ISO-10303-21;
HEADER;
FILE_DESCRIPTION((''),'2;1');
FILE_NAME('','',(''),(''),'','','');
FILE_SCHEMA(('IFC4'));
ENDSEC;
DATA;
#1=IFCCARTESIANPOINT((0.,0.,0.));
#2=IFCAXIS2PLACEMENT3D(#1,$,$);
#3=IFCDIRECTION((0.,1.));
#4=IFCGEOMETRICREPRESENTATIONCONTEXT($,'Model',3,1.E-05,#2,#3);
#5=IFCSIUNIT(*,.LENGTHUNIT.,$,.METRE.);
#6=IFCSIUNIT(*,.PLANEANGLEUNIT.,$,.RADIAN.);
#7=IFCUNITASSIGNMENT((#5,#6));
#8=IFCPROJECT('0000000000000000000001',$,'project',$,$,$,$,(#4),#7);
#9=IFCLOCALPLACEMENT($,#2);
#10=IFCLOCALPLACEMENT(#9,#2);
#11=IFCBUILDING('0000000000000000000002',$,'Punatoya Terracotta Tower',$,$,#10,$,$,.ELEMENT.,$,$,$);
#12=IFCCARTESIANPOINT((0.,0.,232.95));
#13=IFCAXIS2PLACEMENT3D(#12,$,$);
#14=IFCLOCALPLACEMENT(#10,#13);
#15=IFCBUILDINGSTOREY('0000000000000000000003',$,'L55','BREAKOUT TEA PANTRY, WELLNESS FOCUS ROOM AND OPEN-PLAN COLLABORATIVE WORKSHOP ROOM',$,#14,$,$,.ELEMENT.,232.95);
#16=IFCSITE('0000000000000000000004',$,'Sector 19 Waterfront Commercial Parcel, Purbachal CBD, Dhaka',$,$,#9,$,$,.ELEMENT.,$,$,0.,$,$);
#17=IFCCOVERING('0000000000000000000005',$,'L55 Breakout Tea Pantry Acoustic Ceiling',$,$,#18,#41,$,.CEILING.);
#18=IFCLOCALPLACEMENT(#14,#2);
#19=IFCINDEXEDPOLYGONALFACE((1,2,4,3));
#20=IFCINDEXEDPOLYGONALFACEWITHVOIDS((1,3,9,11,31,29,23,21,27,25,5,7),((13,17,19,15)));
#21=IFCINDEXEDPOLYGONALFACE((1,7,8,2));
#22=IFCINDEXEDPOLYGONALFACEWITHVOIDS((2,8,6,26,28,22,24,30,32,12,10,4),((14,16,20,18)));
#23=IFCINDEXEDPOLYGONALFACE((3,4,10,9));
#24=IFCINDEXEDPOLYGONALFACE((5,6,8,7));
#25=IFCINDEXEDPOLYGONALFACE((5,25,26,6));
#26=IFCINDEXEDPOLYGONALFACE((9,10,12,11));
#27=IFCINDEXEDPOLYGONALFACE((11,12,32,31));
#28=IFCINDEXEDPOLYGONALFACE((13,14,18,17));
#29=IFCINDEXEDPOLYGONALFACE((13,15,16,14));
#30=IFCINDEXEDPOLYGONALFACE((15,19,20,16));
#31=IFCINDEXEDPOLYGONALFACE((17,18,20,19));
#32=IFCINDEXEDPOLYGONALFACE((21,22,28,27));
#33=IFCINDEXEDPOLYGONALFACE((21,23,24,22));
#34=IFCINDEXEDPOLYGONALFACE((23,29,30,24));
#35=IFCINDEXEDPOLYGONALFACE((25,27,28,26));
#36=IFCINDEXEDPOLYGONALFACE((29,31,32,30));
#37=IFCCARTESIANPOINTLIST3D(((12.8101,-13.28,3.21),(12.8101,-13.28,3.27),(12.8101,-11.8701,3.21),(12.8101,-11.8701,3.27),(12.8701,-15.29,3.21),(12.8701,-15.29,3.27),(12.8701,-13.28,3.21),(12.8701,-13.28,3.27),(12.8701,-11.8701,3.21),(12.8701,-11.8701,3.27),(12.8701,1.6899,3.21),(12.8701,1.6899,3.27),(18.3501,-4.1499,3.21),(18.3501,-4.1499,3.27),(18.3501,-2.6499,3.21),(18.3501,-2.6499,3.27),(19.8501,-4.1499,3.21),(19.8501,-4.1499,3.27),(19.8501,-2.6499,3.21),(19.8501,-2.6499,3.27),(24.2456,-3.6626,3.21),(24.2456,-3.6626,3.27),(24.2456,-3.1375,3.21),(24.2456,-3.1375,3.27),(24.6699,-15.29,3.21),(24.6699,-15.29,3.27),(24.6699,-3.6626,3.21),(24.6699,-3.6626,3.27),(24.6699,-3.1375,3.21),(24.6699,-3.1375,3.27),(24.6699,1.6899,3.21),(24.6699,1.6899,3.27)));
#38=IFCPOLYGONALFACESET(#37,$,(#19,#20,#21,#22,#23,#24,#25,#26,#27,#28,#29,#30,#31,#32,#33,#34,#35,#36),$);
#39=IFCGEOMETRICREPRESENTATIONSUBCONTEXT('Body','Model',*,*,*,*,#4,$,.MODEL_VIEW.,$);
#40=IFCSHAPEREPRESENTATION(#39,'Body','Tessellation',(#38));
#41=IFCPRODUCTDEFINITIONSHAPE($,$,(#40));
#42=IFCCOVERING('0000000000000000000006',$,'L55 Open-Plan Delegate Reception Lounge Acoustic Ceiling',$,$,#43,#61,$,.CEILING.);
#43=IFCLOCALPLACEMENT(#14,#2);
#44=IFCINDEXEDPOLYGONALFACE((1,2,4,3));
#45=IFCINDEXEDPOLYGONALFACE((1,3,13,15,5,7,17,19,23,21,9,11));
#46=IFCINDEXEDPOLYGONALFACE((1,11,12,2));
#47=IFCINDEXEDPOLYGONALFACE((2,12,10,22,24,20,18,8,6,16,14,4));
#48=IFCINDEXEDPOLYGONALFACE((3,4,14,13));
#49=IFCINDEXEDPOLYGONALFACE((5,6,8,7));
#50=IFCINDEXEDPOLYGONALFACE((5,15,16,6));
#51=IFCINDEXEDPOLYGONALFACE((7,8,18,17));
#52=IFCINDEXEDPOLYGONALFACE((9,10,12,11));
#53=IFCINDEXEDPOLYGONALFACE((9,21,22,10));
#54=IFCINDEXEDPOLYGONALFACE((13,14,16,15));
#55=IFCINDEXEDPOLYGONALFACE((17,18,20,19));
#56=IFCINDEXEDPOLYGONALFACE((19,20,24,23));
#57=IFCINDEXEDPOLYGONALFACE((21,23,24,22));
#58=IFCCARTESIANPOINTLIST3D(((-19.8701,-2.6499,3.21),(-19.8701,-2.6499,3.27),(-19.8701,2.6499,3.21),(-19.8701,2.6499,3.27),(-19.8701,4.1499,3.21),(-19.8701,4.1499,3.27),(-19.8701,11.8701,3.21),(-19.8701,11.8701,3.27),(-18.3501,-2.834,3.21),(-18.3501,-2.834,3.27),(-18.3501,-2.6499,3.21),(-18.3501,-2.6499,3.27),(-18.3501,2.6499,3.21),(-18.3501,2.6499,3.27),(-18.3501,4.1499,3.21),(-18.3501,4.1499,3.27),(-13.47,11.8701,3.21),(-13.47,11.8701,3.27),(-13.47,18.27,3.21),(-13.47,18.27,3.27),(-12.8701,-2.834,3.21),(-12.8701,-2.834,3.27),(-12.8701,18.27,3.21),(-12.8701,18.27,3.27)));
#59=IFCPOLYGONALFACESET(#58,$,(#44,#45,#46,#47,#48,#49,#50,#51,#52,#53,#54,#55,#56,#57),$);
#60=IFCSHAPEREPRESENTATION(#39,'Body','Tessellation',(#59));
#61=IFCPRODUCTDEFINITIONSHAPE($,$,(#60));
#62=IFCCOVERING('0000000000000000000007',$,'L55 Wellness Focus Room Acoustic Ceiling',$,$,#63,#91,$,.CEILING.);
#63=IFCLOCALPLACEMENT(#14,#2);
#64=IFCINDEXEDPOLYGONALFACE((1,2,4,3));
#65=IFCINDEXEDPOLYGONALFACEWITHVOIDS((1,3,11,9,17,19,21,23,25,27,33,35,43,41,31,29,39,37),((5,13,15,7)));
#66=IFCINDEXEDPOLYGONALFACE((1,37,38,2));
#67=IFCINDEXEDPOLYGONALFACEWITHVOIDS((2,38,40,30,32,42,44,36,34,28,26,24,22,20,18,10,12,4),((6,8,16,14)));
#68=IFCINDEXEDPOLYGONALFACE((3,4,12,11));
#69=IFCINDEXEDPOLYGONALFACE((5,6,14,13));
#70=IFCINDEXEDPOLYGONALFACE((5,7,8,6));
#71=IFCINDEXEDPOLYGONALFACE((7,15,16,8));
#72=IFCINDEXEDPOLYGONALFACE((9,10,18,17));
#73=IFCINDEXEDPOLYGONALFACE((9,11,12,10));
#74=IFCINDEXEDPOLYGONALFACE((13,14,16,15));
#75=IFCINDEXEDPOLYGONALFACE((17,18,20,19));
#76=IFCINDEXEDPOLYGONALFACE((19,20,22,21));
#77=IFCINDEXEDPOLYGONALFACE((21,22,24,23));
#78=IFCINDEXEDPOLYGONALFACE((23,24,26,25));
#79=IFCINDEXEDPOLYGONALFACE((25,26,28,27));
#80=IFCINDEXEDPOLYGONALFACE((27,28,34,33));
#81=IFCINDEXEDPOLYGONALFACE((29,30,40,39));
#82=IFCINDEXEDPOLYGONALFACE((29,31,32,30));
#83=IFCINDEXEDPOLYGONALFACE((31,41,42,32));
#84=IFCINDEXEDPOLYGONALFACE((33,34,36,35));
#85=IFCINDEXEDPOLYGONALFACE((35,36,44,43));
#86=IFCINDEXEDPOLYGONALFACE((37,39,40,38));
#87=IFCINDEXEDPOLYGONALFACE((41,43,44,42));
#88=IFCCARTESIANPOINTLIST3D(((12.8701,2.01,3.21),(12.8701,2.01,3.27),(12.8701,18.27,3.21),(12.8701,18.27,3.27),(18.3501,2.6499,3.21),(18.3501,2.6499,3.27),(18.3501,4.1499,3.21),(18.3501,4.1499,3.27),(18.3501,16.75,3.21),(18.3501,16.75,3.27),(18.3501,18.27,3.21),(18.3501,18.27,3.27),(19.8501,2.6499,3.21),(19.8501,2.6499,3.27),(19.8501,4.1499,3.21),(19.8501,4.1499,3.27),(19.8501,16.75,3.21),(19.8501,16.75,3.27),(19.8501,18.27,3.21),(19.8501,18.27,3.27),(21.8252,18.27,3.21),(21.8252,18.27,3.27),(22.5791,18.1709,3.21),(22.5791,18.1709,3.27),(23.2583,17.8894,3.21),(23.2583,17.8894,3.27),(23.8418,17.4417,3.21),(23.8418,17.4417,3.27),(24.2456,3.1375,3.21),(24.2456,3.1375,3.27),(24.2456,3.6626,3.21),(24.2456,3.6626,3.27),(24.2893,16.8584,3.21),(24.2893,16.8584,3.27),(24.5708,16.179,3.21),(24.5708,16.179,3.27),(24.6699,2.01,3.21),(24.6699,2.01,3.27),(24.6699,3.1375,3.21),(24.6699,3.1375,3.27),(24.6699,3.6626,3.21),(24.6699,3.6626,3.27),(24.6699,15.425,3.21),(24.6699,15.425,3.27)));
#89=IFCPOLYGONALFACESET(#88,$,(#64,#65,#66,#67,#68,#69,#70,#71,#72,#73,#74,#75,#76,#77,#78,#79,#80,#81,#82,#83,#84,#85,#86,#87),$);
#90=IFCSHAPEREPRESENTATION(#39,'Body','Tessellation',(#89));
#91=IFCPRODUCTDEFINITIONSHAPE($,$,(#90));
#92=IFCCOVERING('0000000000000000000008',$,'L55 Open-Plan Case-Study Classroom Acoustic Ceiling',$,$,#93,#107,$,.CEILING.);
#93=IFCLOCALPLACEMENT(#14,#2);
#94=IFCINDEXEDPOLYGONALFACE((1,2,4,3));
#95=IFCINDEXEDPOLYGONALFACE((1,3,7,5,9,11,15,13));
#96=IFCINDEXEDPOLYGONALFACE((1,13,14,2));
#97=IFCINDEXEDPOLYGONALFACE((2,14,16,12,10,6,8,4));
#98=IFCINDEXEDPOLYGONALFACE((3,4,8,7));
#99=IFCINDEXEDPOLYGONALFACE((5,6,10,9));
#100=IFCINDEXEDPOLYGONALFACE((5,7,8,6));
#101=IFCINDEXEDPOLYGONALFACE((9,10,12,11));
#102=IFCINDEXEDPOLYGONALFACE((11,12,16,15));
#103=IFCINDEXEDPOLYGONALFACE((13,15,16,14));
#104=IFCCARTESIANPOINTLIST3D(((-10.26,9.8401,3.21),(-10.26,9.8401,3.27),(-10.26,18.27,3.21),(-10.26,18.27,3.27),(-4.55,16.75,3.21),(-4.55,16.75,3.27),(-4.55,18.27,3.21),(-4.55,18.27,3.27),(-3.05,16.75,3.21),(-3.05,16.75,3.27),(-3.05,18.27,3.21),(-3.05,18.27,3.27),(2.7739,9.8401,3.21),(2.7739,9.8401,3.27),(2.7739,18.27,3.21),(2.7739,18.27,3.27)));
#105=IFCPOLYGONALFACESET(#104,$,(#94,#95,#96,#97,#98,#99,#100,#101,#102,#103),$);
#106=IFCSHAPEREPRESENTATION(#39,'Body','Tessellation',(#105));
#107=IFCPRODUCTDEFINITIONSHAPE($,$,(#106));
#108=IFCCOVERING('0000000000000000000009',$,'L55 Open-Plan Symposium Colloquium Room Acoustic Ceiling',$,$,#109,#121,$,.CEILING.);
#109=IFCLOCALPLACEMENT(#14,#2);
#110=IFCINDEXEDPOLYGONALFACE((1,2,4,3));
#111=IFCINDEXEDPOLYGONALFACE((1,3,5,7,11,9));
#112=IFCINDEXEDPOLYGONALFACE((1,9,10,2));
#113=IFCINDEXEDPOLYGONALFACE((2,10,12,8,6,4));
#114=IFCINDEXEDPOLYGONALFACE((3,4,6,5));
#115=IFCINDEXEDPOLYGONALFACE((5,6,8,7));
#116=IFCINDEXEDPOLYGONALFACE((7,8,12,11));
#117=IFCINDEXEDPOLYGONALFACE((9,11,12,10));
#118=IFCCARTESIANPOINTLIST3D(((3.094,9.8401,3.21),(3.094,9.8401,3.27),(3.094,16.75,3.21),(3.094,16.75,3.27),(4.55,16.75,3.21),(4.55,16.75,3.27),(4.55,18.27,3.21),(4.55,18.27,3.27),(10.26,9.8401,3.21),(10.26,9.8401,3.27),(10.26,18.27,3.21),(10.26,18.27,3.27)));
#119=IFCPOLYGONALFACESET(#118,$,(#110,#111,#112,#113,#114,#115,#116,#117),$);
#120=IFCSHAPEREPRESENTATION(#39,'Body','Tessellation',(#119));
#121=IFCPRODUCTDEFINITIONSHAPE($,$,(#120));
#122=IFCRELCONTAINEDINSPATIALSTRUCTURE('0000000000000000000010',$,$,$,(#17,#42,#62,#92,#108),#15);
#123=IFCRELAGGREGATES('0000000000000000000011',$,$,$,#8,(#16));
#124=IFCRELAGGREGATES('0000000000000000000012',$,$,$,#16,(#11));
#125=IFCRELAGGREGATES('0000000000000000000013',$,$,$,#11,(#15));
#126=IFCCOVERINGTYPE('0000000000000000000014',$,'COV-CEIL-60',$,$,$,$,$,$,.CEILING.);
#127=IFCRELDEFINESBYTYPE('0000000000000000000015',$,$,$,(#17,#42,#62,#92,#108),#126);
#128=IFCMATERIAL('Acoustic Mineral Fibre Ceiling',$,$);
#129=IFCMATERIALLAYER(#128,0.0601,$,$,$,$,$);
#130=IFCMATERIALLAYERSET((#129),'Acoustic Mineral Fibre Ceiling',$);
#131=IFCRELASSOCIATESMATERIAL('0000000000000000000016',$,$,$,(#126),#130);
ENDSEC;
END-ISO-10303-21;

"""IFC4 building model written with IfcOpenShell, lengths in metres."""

from ifc_helpers import new_model, si_unit, direction, frame, origin, place, context, subcontext, project, spatial, polyline, outline, extrude, material, layer, layer_set, type_object, element, save


model = new_model("IFC4")

# Units and contexts
model_context = context("Model", 3, precision=1e-05, world=origin(), true_north=direction((0.0, 1.0)))
body_context = subcontext(model_context, "Body", "Model", "MODEL_VIEW")
ifc_project = project(units=[si_unit("LENGTHUNIT", "METRE"), si_unit("PLANEANGLEUNIT", "RADIAN")], contexts=[model_context])

# Site, building, storey
site_placement = place(None, origin())
site = spatial("IfcSite", under=ifc_project, at=site_placement, Name="Sector 19 Waterfront Commercial Parcel, Purbachal CBD, Dhaka", CompositionType="ELEMENT", RefElevation=0.0)
building_placement = place(site_placement, origin())
building = spatial("IfcBuilding", under=site, at=building_placement, Name="Punatoya Terracotta Tower", CompositionType="ELEMENT")
storey_placement = place(building_placement, frame((0.0, 0.0, 232.95)))
storey = spatial("IfcBuildingStorey", under=building, at=storey_placement, Name="L55", Description="BREAKOUT TEA PANTRY, WELLNESS FOCUS ROOM AND OPEN-PLAN COLLABORATIVE WORKSHOP ROOM", CompositionType="ELEMENT", Elevation=232.95)

# Coverings
ifc_material_1 = material(Name="Acoustic Mineral Fibre Ceiling")
ifc_layer_1 = layer(ifc_material_1, 0.0601)
ifc_layer_set_1 = layer_set([ifc_layer_1], Name="Acoustic Mineral Fibre Ceiling")
covering_type = type_object("IfcCoveringType", Name="COV-CEIL-60", PredefinedType="CEILING", material=ifc_layer_set_1)
covering_1_placement = place(storey_placement, frame((0.0, 0.0, 3.21)))
element("IfcCovering", 1, at=covering_1_placement, inside=storey, type_object=covering_type, Name="L55 Breakout Tea Pantry Acoustic Ceiling", PredefinedType="CEILING", context=body_context, shape_type="SweptSolid", body=[
    extrude(outline(polyline([(12.8101, -13.28), (12.8701, -13.28), (12.8701, -15.29), (24.6699, -15.29), (24.6699, -3.6626), (24.2456, -3.6626), (24.2456, -3.1375), (24.6699, -3.1375), (24.6699, 1.6899), (12.8701, 1.6899), (12.8701, -11.8701), (12.8101, -11.8701), (12.8101, -13.28)]), holes=[polyline([(19.8501, -2.6499), (19.8501, -4.1499), (18.3501, -4.1499), (18.3501, -2.6499), (19.8501, -2.6499)])]), origin(), (0.0, 0.0, 1.0), 0.0601),
])
covering_2_placement = place(storey_placement, frame((0.0, 0.0, 3.21)))
element("IfcCovering", 2, at=covering_2_placement, inside=storey, type_object=covering_type, Name="L55 Open-Plan Delegate Reception Lounge Acoustic Ceiling", PredefinedType="CEILING", context=body_context, shape_type="SweptSolid", body=[
    extrude(outline(polyline([(-19.8701, 4.1499), (-18.3501, 4.1499), (-18.3501, 2.6499), (-19.8701, 2.6499), (-19.8701, -2.6499), (-18.3501, -2.6499), (-18.3501, -2.834), (-12.8701, -2.834), (-12.8701, 18.27), (-13.47, 18.27), (-13.47, 11.8701), (-19.8701, 11.8701), (-19.8701, 4.1499)])), origin(), (0.0, 0.0, 1.0), 0.0601),
])
covering_3_placement = place(storey_placement, frame((0.0, 0.0, 3.21)))
element("IfcCovering", 3, at=covering_3_placement, inside=storey, type_object=covering_type, Name="L55 Wellness Focus Room Acoustic Ceiling", PredefinedType="CEILING", context=body_context, shape_type="SweptSolid", body=[
    extrude(outline(polyline([(12.8701, 18.27), (12.8701, 2.01), (24.6699, 2.01), (24.6699, 3.1375), (24.2456, 3.1375), (24.2456, 3.6626), (24.6699, 3.6626), (24.6699, 15.425), (24.5708, 16.179), (24.2893, 16.8584), (23.8418, 17.4417), (23.2583, 17.8894), (22.5791, 18.1709), (21.8252, 18.27), (19.8501, 18.27), (19.8501, 16.75), (18.3501, 16.75), (18.3501, 18.27), (12.8701, 18.27)]), holes=[polyline([(19.8501, 2.6499), (18.3501, 2.6499), (18.3501, 4.1499), (19.8501, 4.1499), (19.8501, 2.6499)])]), origin(), (0.0, 0.0, 1.0), 0.0601),
])
covering_4_placement = place(storey_placement, frame((0.0, 0.0, 3.21)))
element("IfcCovering", 4, at=covering_4_placement, inside=storey, type_object=covering_type, Name="L55 Open-Plan Case-Study Classroom Acoustic Ceiling", PredefinedType="CEILING", context=body_context, shape_type="SweptSolid", body=[
    extrude(outline(polyline([(-4.55, 18.27), (-10.26, 18.27), (-10.26, 9.8401), (2.7739, 9.8401), (2.7739, 18.27), (-3.05, 18.27), (-3.05, 16.75), (-4.55, 16.75), (-4.55, 18.27)])), origin(), (0.0, 0.0, 1.0), 0.0601),
])
covering_5_placement = place(storey_placement, frame((0.0, 0.0, 3.21)))
element("IfcCovering", 5, at=covering_5_placement, inside=storey, type_object=covering_type, Name="L55 Open-Plan Symposium Colloquium Room Acoustic Ceiling", PredefinedType="CEILING", context=body_context, shape_type="SweptSolid", body=[
    extrude(outline(polyline([(4.55, 18.27), (4.55, 16.75), (3.094, 16.75), (3.094, 9.8401), (10.26, 9.8401), (10.26, 18.27), (4.55, 18.27)])), origin(), (0.0, 0.0, 1.0), 0.0601),
])

save(model, "model.ifc")
